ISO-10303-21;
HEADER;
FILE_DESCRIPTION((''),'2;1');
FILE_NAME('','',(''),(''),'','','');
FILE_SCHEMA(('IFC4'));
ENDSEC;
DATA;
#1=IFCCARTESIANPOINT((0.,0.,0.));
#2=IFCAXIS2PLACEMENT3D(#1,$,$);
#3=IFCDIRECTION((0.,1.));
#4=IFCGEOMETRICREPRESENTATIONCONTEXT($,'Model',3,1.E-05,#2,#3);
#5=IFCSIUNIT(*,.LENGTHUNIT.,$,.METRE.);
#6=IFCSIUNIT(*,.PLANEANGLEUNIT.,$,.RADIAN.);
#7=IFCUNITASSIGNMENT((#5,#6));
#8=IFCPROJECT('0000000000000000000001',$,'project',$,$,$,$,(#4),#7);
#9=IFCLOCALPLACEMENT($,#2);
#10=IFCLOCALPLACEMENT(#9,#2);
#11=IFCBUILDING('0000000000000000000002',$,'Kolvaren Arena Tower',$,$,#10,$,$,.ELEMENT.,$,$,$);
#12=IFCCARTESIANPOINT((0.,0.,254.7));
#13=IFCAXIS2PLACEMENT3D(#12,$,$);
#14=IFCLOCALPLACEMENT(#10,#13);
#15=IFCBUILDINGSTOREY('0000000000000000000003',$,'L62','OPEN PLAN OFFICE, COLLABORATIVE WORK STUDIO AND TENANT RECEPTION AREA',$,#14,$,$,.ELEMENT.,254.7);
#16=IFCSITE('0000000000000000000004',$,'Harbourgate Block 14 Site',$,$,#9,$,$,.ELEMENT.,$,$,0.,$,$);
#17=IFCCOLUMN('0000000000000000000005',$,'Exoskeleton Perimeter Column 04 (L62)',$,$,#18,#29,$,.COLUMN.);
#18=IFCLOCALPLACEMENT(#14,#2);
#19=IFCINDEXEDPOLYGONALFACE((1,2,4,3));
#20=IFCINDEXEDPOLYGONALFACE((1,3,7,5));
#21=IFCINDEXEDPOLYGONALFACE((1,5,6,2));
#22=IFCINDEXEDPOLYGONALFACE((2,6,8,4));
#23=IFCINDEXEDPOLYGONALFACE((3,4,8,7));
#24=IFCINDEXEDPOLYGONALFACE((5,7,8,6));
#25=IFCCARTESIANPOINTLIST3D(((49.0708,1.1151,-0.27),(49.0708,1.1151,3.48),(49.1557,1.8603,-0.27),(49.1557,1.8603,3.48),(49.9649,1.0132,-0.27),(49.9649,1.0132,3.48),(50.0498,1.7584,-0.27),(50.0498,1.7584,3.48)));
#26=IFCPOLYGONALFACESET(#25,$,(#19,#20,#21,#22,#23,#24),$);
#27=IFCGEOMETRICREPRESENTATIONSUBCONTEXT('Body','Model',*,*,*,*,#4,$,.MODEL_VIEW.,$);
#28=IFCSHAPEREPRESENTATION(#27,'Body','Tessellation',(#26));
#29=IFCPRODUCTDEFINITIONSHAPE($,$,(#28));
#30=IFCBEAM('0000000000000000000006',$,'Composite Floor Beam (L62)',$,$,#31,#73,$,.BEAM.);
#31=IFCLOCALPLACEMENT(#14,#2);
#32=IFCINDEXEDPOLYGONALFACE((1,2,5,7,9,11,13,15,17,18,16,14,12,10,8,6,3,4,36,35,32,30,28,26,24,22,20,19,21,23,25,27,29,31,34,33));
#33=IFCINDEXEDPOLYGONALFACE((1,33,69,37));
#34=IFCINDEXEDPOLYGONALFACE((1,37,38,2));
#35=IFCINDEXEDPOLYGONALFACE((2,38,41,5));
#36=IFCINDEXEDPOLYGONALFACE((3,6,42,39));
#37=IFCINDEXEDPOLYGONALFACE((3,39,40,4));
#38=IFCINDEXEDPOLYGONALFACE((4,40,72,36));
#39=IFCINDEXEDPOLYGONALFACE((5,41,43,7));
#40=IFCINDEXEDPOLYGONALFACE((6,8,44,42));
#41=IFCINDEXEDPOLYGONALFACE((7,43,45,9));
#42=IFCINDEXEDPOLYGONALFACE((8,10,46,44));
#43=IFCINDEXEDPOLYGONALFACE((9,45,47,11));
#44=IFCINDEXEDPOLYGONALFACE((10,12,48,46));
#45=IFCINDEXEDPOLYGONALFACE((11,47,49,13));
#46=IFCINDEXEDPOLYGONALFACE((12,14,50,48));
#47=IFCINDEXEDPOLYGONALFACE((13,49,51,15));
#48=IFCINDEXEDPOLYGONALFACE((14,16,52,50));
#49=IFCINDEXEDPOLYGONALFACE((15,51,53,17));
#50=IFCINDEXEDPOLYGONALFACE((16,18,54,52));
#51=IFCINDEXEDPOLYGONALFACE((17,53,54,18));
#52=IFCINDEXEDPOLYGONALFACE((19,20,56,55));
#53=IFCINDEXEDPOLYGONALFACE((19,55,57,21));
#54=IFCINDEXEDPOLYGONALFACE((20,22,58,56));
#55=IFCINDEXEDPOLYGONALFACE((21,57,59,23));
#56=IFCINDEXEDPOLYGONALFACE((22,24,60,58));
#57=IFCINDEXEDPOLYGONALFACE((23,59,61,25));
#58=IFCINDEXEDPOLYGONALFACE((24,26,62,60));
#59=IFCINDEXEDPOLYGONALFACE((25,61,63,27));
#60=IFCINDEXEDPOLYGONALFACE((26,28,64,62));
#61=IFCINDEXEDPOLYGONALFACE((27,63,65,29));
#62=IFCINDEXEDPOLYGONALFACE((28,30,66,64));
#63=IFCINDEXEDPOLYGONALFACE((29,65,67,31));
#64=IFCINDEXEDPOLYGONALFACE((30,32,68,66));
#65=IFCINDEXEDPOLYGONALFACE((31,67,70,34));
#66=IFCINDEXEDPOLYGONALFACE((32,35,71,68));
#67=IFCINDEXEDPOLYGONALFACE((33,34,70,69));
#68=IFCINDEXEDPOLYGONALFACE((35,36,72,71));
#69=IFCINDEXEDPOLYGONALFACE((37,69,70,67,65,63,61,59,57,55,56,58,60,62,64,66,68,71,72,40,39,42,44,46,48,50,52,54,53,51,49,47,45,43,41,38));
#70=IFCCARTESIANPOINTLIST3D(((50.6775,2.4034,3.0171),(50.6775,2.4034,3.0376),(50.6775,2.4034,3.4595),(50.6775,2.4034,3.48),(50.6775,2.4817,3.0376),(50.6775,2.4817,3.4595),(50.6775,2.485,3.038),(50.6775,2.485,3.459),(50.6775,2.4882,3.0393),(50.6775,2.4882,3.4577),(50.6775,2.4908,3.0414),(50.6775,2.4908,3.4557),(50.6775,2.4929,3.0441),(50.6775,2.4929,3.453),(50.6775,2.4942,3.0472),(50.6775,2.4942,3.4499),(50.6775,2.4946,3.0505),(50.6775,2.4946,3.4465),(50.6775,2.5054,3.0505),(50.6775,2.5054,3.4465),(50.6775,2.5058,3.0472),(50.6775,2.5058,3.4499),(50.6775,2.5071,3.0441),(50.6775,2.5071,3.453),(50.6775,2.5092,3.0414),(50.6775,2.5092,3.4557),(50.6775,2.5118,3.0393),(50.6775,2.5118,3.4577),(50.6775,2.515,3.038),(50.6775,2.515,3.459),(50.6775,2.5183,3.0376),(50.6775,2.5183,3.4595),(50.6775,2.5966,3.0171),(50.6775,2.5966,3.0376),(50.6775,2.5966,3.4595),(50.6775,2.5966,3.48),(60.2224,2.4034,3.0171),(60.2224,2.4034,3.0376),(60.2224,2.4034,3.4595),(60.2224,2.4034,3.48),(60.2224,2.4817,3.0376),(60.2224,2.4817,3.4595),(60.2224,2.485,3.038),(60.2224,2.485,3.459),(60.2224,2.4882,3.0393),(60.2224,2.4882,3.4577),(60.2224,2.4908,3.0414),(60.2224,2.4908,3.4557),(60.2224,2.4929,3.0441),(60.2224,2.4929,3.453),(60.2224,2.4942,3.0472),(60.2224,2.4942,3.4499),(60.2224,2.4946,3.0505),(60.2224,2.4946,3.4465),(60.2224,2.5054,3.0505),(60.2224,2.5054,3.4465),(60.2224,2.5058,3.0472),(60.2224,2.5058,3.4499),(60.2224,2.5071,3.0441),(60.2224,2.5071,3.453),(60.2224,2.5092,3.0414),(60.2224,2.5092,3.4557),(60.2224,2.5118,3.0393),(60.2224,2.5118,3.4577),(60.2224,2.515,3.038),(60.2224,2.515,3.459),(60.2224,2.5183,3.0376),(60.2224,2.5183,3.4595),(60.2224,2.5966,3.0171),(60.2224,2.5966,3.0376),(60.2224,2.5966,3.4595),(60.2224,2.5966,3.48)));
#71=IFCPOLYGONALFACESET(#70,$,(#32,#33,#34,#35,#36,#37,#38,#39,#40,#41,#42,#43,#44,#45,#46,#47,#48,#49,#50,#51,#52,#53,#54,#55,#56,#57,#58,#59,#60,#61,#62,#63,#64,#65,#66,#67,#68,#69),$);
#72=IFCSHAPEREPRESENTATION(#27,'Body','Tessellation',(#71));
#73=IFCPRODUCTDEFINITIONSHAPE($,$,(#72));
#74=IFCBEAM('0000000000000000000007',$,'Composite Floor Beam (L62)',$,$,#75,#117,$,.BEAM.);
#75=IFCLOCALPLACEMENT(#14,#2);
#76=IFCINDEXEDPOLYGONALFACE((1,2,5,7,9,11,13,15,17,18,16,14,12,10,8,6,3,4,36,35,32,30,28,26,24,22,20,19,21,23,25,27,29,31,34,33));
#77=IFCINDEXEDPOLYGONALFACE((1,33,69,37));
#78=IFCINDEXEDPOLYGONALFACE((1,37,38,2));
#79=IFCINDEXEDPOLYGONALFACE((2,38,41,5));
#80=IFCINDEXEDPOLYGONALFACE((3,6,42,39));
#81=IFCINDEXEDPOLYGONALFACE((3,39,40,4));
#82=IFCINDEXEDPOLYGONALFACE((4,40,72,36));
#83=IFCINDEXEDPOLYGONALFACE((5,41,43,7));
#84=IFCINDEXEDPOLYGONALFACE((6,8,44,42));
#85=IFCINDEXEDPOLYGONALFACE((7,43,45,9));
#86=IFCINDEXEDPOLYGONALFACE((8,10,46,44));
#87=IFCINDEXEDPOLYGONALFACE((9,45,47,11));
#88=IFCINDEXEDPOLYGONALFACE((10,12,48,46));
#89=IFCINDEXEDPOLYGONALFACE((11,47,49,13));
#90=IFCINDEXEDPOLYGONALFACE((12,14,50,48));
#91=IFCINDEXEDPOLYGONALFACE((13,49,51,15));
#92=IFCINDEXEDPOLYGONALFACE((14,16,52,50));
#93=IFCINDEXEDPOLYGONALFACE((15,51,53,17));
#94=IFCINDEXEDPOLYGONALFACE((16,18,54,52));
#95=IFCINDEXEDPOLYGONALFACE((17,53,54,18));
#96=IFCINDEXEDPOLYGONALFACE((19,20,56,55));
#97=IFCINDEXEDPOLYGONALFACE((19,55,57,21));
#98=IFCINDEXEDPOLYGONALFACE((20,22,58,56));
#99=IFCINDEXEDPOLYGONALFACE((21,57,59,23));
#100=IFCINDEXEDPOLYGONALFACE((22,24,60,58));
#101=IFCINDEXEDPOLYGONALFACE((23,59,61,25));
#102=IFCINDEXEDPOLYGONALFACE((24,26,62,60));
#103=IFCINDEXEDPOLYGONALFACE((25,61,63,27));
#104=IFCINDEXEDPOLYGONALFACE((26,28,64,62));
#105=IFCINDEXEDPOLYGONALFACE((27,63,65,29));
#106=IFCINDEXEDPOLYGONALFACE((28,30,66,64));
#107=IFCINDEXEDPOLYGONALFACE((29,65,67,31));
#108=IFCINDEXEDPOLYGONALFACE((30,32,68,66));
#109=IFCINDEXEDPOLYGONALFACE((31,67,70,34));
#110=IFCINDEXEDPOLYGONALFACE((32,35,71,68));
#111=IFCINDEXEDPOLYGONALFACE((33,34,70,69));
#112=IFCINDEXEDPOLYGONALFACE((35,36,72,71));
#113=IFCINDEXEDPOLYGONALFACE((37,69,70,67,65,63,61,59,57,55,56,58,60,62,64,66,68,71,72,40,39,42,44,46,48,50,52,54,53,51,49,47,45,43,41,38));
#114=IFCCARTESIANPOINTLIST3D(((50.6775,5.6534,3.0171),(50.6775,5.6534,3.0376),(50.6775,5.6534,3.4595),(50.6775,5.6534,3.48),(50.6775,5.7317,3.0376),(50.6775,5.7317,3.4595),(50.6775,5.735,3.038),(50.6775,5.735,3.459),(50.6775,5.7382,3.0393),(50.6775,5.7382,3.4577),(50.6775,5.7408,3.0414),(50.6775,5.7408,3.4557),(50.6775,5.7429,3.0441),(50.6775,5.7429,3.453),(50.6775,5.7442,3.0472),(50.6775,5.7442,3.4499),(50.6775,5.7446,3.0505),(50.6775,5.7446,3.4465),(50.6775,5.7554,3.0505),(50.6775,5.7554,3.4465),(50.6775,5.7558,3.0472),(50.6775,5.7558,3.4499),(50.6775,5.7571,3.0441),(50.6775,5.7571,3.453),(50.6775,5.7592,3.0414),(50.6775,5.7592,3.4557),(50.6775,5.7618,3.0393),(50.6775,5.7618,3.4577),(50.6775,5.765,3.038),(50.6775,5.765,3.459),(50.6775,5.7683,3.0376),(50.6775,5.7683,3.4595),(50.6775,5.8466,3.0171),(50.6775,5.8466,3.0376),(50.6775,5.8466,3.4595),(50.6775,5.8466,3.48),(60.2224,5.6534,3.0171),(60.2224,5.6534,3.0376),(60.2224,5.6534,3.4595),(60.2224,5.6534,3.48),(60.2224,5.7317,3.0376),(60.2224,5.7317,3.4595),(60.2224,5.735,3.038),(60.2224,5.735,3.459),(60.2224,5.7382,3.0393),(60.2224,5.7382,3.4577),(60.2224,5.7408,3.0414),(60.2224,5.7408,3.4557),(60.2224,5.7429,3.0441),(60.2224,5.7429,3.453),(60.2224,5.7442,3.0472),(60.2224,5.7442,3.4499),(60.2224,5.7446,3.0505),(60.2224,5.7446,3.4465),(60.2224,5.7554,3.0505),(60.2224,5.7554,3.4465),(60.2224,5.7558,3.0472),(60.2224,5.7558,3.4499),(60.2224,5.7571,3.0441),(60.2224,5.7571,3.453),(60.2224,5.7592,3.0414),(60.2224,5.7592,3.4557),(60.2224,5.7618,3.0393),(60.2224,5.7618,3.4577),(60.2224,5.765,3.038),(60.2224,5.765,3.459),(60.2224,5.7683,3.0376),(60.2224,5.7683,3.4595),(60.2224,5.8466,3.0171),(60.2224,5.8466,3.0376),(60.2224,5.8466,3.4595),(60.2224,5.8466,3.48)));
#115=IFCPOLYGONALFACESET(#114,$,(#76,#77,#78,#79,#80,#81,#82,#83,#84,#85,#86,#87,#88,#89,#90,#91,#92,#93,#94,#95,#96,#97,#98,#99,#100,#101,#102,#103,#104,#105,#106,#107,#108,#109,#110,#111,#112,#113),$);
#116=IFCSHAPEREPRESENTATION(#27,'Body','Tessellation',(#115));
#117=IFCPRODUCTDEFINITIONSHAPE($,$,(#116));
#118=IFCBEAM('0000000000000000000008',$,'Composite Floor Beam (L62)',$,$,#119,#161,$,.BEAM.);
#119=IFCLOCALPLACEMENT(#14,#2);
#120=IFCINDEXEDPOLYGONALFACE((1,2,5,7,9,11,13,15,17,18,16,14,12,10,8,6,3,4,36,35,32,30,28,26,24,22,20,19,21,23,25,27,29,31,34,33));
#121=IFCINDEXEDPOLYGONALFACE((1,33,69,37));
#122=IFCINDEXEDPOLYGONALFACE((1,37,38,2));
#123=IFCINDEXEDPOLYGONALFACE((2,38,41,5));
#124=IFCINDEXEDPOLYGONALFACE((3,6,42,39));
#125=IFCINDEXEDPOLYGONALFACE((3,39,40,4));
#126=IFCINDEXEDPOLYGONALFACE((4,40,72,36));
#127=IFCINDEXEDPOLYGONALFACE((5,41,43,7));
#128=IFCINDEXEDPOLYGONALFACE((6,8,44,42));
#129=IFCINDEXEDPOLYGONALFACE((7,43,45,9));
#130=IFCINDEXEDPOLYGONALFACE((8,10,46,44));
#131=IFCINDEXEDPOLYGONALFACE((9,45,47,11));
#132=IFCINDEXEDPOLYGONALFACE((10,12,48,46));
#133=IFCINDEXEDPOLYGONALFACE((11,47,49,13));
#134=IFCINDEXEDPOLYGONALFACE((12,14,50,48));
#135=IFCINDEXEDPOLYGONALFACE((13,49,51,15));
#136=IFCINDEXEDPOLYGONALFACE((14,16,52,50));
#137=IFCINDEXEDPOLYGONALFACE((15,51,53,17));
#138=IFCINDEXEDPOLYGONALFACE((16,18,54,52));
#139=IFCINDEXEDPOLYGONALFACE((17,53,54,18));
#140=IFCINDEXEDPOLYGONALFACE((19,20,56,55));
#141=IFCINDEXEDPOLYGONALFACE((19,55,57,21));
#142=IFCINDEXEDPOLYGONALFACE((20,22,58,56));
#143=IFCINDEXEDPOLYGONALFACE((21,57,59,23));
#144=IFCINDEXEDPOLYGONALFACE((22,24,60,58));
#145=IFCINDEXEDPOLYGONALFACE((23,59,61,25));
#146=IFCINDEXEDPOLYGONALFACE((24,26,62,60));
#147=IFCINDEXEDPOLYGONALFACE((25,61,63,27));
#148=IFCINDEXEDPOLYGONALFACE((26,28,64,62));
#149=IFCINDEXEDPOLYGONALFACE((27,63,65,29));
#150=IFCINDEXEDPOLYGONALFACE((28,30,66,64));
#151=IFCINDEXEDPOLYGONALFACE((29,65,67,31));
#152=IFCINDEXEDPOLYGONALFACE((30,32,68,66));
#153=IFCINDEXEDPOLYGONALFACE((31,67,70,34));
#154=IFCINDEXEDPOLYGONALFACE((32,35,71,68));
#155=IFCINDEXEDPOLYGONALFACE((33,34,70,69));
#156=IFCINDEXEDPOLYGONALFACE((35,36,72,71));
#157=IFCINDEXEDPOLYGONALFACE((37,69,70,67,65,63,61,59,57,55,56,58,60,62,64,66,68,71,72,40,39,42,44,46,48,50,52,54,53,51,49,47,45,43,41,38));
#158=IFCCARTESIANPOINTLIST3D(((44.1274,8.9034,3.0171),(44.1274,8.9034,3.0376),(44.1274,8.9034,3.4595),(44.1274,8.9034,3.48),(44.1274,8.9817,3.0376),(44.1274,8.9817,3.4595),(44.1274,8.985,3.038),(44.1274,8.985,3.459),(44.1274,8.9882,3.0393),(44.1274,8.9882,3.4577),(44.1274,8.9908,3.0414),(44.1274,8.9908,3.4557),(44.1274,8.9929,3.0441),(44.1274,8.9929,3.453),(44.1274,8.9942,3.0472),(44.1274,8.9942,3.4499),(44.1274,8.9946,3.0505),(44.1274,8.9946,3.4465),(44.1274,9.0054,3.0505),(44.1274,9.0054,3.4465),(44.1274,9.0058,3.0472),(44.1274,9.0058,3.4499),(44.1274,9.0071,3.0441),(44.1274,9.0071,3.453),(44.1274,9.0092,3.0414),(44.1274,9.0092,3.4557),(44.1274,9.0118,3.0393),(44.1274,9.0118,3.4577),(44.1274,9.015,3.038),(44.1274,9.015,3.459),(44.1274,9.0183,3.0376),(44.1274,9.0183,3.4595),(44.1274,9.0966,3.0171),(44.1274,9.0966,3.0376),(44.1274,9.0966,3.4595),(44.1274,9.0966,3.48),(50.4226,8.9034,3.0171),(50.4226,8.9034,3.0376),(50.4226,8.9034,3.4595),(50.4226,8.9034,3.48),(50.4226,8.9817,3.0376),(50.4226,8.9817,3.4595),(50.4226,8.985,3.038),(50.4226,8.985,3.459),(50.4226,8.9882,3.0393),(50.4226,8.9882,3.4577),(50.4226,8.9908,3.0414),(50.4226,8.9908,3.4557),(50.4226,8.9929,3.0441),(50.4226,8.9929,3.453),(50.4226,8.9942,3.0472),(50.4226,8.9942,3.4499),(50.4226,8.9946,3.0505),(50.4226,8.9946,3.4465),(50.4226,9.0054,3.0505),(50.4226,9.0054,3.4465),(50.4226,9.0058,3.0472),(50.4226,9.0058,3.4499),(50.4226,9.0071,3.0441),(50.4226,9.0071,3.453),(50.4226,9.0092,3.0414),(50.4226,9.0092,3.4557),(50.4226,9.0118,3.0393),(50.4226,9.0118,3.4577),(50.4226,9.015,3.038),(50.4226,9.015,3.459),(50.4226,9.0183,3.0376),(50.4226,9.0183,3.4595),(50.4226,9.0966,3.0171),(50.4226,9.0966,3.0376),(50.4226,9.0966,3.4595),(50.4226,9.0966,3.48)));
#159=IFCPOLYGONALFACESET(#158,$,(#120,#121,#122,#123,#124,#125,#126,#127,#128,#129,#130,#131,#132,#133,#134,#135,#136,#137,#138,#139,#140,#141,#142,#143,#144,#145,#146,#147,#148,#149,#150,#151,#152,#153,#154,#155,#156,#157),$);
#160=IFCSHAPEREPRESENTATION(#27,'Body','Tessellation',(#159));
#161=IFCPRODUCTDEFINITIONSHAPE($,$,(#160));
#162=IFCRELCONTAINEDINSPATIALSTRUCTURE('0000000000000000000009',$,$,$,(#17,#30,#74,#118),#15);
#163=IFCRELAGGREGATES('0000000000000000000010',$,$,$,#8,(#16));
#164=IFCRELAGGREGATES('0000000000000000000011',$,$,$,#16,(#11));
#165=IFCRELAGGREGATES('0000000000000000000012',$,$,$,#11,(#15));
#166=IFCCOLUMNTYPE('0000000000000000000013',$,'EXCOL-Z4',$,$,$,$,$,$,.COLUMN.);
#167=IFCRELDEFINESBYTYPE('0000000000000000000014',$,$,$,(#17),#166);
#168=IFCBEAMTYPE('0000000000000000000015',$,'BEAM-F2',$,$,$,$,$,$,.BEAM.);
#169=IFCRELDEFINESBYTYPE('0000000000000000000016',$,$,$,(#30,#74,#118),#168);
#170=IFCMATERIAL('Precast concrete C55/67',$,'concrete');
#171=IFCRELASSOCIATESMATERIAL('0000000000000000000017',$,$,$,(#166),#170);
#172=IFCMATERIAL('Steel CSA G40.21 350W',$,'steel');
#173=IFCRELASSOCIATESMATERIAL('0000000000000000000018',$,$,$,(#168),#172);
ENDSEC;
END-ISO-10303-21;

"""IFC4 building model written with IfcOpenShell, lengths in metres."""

from ifc_helpers import new_model, si_unit, direction, frame, origin, origin_2d, place, context, subcontext, project, spatial, rectangle, i_section, extrude, material, material_profile, profile_set, type_object, element, save


model = new_model("IFC4")

# Units and contexts
model_context = context("Model", 3, precision=1e-05, world=origin(), true_north=direction((0.0, 1.0)))
body_context = subcontext(model_context, "Body", "Model", "MODEL_VIEW")
ifc_project = project(units=[si_unit("LENGTHUNIT", "METRE"), si_unit("PLANEANGLEUNIT", "RADIAN")], contexts=[model_context])

# Site, building, storey
site_placement = place(None, origin())
site = spatial("IfcSite", under=ifc_project, at=site_placement, Name="Harbourgate Block 14 Site", CompositionType="ELEMENT", RefElevation=0.0)
building_placement = place(site_placement, origin())
building = spatial("IfcBuilding", under=site, at=building_placement, Name="Kolvaren Arena Tower", CompositionType="ELEMENT")
storey_placement = place(building_placement, frame((0.0, 0.0, 254.7)))
storey = spatial("IfcBuildingStorey", under=building, at=storey_placement, Name="L62", Description="OPEN PLAN OFFICE, COLLABORATIVE WORK STUDIO AND TENANT RECEPTION AREA", CompositionType="ELEMENT", Elevation=254.7)

# Column
ifc_material_1 = material(Name="Precast concrete C55/67", Category="concrete")
ifc_material_profile_1 = material_profile(ifc_material_1, rectangle(XDim=0.8999, YDim=0.75, at=origin_2d()), Name="RC-900x750")
ifc_profile_set_1 = profile_set([ifc_material_profile_1], Name="Precast concrete C55/67")
column_type = type_object("IfcColumnType", Name="EXCOL-Z4", PredefinedType="COLUMN", material=ifc_profile_set_1)
column_placement = place(storey_placement, frame((49.5603, 1.4368, -0.27), z_axis=(0.0, 0.0, 1.0), x_axis=(0.993572, -0.113203, 0.0)))
element("IfcColumn", 1, at=column_placement, inside=storey, type_object=column_type, Name="Exoskeleton Perimeter Column 04 (L62)", PredefinedType="COLUMN", context=body_context, shape_type="SweptSolid", body=[
    extrude(rectangle(XDim=0.8999, YDim=0.75, at=origin_2d()), origin(), (0.0, 0.0, 1.0), 3.75),
])

# Beams
ifc_material_2 = material(Name="Steel CSA G40.21 350W", Category="steel")
ifc_material_profile_2 = material_profile(ifc_material_2, i_section(OverallWidth=0.1931, OverallDepth=0.4629, WebThickness=0.0107, FlangeThickness=0.0205, FilletRadius=0.0129, at=origin_2d()), Name="W460x113")
ifc_profile_set_2 = profile_set([ifc_material_profile_2], Name="Steel CSA G40.21 350W")
beam_type_1 = type_object("IfcBeamType", Name="BEAM-F2", PredefinedType="BEAM", material=ifc_profile_set_2)
for number, where, z_axis, x_axis, name in (
    (2, (50.6775, 2.5, 3.2485), (1.0, 0.0, 0.0), (0.0, 1.0, 0.0), "Composite Floor Beam (L62)"),
    (3, (50.6775, 5.75, 3.2485), (1.0, 0.0, 0.0), (0.0, 1.0, 0.0), "Composite Floor Beam (L62)"),
):
    element("IfcBeam", number, at=place(storey_placement, frame(where, z_axis=z_axis, x_axis=x_axis)), inside=storey, type_object=beam_type_1, Name=name, PredefinedType="BEAM", context=body_context, shape_type="SweptSolid", body=[
        extrude(i_section(OverallWidth=0.1931, OverallDepth=0.4629, WebThickness=0.0107, FlangeThickness=0.0205, FilletRadius=0.0129, at=origin_2d()), origin(), (0.0, 0.0, 1.0), 9.5449),
    ])
beam_1_placement = place(storey_placement, frame((44.1274, 9.0, 3.2485), z_axis=(1.0, 0.0, 0.0), x_axis=(0.0, 1.0, 0.0)))
element("IfcBeam", 4, at=beam_1_placement, inside=storey, type_object=beam_type_1, Name="Composite Floor Beam (L62)", PredefinedType="BEAM", context=body_context, shape_type="SweptSolid", body=[
    extrude(i_section(OverallWidth=0.1931, OverallDepth=0.4629, WebThickness=0.0107, FlangeThickness=0.0205, FilletRadius=0.0129, at=origin_2d()), origin(), (0.0, 0.0, 1.0), 6.2952),
])

save(model, "model.ifc")
